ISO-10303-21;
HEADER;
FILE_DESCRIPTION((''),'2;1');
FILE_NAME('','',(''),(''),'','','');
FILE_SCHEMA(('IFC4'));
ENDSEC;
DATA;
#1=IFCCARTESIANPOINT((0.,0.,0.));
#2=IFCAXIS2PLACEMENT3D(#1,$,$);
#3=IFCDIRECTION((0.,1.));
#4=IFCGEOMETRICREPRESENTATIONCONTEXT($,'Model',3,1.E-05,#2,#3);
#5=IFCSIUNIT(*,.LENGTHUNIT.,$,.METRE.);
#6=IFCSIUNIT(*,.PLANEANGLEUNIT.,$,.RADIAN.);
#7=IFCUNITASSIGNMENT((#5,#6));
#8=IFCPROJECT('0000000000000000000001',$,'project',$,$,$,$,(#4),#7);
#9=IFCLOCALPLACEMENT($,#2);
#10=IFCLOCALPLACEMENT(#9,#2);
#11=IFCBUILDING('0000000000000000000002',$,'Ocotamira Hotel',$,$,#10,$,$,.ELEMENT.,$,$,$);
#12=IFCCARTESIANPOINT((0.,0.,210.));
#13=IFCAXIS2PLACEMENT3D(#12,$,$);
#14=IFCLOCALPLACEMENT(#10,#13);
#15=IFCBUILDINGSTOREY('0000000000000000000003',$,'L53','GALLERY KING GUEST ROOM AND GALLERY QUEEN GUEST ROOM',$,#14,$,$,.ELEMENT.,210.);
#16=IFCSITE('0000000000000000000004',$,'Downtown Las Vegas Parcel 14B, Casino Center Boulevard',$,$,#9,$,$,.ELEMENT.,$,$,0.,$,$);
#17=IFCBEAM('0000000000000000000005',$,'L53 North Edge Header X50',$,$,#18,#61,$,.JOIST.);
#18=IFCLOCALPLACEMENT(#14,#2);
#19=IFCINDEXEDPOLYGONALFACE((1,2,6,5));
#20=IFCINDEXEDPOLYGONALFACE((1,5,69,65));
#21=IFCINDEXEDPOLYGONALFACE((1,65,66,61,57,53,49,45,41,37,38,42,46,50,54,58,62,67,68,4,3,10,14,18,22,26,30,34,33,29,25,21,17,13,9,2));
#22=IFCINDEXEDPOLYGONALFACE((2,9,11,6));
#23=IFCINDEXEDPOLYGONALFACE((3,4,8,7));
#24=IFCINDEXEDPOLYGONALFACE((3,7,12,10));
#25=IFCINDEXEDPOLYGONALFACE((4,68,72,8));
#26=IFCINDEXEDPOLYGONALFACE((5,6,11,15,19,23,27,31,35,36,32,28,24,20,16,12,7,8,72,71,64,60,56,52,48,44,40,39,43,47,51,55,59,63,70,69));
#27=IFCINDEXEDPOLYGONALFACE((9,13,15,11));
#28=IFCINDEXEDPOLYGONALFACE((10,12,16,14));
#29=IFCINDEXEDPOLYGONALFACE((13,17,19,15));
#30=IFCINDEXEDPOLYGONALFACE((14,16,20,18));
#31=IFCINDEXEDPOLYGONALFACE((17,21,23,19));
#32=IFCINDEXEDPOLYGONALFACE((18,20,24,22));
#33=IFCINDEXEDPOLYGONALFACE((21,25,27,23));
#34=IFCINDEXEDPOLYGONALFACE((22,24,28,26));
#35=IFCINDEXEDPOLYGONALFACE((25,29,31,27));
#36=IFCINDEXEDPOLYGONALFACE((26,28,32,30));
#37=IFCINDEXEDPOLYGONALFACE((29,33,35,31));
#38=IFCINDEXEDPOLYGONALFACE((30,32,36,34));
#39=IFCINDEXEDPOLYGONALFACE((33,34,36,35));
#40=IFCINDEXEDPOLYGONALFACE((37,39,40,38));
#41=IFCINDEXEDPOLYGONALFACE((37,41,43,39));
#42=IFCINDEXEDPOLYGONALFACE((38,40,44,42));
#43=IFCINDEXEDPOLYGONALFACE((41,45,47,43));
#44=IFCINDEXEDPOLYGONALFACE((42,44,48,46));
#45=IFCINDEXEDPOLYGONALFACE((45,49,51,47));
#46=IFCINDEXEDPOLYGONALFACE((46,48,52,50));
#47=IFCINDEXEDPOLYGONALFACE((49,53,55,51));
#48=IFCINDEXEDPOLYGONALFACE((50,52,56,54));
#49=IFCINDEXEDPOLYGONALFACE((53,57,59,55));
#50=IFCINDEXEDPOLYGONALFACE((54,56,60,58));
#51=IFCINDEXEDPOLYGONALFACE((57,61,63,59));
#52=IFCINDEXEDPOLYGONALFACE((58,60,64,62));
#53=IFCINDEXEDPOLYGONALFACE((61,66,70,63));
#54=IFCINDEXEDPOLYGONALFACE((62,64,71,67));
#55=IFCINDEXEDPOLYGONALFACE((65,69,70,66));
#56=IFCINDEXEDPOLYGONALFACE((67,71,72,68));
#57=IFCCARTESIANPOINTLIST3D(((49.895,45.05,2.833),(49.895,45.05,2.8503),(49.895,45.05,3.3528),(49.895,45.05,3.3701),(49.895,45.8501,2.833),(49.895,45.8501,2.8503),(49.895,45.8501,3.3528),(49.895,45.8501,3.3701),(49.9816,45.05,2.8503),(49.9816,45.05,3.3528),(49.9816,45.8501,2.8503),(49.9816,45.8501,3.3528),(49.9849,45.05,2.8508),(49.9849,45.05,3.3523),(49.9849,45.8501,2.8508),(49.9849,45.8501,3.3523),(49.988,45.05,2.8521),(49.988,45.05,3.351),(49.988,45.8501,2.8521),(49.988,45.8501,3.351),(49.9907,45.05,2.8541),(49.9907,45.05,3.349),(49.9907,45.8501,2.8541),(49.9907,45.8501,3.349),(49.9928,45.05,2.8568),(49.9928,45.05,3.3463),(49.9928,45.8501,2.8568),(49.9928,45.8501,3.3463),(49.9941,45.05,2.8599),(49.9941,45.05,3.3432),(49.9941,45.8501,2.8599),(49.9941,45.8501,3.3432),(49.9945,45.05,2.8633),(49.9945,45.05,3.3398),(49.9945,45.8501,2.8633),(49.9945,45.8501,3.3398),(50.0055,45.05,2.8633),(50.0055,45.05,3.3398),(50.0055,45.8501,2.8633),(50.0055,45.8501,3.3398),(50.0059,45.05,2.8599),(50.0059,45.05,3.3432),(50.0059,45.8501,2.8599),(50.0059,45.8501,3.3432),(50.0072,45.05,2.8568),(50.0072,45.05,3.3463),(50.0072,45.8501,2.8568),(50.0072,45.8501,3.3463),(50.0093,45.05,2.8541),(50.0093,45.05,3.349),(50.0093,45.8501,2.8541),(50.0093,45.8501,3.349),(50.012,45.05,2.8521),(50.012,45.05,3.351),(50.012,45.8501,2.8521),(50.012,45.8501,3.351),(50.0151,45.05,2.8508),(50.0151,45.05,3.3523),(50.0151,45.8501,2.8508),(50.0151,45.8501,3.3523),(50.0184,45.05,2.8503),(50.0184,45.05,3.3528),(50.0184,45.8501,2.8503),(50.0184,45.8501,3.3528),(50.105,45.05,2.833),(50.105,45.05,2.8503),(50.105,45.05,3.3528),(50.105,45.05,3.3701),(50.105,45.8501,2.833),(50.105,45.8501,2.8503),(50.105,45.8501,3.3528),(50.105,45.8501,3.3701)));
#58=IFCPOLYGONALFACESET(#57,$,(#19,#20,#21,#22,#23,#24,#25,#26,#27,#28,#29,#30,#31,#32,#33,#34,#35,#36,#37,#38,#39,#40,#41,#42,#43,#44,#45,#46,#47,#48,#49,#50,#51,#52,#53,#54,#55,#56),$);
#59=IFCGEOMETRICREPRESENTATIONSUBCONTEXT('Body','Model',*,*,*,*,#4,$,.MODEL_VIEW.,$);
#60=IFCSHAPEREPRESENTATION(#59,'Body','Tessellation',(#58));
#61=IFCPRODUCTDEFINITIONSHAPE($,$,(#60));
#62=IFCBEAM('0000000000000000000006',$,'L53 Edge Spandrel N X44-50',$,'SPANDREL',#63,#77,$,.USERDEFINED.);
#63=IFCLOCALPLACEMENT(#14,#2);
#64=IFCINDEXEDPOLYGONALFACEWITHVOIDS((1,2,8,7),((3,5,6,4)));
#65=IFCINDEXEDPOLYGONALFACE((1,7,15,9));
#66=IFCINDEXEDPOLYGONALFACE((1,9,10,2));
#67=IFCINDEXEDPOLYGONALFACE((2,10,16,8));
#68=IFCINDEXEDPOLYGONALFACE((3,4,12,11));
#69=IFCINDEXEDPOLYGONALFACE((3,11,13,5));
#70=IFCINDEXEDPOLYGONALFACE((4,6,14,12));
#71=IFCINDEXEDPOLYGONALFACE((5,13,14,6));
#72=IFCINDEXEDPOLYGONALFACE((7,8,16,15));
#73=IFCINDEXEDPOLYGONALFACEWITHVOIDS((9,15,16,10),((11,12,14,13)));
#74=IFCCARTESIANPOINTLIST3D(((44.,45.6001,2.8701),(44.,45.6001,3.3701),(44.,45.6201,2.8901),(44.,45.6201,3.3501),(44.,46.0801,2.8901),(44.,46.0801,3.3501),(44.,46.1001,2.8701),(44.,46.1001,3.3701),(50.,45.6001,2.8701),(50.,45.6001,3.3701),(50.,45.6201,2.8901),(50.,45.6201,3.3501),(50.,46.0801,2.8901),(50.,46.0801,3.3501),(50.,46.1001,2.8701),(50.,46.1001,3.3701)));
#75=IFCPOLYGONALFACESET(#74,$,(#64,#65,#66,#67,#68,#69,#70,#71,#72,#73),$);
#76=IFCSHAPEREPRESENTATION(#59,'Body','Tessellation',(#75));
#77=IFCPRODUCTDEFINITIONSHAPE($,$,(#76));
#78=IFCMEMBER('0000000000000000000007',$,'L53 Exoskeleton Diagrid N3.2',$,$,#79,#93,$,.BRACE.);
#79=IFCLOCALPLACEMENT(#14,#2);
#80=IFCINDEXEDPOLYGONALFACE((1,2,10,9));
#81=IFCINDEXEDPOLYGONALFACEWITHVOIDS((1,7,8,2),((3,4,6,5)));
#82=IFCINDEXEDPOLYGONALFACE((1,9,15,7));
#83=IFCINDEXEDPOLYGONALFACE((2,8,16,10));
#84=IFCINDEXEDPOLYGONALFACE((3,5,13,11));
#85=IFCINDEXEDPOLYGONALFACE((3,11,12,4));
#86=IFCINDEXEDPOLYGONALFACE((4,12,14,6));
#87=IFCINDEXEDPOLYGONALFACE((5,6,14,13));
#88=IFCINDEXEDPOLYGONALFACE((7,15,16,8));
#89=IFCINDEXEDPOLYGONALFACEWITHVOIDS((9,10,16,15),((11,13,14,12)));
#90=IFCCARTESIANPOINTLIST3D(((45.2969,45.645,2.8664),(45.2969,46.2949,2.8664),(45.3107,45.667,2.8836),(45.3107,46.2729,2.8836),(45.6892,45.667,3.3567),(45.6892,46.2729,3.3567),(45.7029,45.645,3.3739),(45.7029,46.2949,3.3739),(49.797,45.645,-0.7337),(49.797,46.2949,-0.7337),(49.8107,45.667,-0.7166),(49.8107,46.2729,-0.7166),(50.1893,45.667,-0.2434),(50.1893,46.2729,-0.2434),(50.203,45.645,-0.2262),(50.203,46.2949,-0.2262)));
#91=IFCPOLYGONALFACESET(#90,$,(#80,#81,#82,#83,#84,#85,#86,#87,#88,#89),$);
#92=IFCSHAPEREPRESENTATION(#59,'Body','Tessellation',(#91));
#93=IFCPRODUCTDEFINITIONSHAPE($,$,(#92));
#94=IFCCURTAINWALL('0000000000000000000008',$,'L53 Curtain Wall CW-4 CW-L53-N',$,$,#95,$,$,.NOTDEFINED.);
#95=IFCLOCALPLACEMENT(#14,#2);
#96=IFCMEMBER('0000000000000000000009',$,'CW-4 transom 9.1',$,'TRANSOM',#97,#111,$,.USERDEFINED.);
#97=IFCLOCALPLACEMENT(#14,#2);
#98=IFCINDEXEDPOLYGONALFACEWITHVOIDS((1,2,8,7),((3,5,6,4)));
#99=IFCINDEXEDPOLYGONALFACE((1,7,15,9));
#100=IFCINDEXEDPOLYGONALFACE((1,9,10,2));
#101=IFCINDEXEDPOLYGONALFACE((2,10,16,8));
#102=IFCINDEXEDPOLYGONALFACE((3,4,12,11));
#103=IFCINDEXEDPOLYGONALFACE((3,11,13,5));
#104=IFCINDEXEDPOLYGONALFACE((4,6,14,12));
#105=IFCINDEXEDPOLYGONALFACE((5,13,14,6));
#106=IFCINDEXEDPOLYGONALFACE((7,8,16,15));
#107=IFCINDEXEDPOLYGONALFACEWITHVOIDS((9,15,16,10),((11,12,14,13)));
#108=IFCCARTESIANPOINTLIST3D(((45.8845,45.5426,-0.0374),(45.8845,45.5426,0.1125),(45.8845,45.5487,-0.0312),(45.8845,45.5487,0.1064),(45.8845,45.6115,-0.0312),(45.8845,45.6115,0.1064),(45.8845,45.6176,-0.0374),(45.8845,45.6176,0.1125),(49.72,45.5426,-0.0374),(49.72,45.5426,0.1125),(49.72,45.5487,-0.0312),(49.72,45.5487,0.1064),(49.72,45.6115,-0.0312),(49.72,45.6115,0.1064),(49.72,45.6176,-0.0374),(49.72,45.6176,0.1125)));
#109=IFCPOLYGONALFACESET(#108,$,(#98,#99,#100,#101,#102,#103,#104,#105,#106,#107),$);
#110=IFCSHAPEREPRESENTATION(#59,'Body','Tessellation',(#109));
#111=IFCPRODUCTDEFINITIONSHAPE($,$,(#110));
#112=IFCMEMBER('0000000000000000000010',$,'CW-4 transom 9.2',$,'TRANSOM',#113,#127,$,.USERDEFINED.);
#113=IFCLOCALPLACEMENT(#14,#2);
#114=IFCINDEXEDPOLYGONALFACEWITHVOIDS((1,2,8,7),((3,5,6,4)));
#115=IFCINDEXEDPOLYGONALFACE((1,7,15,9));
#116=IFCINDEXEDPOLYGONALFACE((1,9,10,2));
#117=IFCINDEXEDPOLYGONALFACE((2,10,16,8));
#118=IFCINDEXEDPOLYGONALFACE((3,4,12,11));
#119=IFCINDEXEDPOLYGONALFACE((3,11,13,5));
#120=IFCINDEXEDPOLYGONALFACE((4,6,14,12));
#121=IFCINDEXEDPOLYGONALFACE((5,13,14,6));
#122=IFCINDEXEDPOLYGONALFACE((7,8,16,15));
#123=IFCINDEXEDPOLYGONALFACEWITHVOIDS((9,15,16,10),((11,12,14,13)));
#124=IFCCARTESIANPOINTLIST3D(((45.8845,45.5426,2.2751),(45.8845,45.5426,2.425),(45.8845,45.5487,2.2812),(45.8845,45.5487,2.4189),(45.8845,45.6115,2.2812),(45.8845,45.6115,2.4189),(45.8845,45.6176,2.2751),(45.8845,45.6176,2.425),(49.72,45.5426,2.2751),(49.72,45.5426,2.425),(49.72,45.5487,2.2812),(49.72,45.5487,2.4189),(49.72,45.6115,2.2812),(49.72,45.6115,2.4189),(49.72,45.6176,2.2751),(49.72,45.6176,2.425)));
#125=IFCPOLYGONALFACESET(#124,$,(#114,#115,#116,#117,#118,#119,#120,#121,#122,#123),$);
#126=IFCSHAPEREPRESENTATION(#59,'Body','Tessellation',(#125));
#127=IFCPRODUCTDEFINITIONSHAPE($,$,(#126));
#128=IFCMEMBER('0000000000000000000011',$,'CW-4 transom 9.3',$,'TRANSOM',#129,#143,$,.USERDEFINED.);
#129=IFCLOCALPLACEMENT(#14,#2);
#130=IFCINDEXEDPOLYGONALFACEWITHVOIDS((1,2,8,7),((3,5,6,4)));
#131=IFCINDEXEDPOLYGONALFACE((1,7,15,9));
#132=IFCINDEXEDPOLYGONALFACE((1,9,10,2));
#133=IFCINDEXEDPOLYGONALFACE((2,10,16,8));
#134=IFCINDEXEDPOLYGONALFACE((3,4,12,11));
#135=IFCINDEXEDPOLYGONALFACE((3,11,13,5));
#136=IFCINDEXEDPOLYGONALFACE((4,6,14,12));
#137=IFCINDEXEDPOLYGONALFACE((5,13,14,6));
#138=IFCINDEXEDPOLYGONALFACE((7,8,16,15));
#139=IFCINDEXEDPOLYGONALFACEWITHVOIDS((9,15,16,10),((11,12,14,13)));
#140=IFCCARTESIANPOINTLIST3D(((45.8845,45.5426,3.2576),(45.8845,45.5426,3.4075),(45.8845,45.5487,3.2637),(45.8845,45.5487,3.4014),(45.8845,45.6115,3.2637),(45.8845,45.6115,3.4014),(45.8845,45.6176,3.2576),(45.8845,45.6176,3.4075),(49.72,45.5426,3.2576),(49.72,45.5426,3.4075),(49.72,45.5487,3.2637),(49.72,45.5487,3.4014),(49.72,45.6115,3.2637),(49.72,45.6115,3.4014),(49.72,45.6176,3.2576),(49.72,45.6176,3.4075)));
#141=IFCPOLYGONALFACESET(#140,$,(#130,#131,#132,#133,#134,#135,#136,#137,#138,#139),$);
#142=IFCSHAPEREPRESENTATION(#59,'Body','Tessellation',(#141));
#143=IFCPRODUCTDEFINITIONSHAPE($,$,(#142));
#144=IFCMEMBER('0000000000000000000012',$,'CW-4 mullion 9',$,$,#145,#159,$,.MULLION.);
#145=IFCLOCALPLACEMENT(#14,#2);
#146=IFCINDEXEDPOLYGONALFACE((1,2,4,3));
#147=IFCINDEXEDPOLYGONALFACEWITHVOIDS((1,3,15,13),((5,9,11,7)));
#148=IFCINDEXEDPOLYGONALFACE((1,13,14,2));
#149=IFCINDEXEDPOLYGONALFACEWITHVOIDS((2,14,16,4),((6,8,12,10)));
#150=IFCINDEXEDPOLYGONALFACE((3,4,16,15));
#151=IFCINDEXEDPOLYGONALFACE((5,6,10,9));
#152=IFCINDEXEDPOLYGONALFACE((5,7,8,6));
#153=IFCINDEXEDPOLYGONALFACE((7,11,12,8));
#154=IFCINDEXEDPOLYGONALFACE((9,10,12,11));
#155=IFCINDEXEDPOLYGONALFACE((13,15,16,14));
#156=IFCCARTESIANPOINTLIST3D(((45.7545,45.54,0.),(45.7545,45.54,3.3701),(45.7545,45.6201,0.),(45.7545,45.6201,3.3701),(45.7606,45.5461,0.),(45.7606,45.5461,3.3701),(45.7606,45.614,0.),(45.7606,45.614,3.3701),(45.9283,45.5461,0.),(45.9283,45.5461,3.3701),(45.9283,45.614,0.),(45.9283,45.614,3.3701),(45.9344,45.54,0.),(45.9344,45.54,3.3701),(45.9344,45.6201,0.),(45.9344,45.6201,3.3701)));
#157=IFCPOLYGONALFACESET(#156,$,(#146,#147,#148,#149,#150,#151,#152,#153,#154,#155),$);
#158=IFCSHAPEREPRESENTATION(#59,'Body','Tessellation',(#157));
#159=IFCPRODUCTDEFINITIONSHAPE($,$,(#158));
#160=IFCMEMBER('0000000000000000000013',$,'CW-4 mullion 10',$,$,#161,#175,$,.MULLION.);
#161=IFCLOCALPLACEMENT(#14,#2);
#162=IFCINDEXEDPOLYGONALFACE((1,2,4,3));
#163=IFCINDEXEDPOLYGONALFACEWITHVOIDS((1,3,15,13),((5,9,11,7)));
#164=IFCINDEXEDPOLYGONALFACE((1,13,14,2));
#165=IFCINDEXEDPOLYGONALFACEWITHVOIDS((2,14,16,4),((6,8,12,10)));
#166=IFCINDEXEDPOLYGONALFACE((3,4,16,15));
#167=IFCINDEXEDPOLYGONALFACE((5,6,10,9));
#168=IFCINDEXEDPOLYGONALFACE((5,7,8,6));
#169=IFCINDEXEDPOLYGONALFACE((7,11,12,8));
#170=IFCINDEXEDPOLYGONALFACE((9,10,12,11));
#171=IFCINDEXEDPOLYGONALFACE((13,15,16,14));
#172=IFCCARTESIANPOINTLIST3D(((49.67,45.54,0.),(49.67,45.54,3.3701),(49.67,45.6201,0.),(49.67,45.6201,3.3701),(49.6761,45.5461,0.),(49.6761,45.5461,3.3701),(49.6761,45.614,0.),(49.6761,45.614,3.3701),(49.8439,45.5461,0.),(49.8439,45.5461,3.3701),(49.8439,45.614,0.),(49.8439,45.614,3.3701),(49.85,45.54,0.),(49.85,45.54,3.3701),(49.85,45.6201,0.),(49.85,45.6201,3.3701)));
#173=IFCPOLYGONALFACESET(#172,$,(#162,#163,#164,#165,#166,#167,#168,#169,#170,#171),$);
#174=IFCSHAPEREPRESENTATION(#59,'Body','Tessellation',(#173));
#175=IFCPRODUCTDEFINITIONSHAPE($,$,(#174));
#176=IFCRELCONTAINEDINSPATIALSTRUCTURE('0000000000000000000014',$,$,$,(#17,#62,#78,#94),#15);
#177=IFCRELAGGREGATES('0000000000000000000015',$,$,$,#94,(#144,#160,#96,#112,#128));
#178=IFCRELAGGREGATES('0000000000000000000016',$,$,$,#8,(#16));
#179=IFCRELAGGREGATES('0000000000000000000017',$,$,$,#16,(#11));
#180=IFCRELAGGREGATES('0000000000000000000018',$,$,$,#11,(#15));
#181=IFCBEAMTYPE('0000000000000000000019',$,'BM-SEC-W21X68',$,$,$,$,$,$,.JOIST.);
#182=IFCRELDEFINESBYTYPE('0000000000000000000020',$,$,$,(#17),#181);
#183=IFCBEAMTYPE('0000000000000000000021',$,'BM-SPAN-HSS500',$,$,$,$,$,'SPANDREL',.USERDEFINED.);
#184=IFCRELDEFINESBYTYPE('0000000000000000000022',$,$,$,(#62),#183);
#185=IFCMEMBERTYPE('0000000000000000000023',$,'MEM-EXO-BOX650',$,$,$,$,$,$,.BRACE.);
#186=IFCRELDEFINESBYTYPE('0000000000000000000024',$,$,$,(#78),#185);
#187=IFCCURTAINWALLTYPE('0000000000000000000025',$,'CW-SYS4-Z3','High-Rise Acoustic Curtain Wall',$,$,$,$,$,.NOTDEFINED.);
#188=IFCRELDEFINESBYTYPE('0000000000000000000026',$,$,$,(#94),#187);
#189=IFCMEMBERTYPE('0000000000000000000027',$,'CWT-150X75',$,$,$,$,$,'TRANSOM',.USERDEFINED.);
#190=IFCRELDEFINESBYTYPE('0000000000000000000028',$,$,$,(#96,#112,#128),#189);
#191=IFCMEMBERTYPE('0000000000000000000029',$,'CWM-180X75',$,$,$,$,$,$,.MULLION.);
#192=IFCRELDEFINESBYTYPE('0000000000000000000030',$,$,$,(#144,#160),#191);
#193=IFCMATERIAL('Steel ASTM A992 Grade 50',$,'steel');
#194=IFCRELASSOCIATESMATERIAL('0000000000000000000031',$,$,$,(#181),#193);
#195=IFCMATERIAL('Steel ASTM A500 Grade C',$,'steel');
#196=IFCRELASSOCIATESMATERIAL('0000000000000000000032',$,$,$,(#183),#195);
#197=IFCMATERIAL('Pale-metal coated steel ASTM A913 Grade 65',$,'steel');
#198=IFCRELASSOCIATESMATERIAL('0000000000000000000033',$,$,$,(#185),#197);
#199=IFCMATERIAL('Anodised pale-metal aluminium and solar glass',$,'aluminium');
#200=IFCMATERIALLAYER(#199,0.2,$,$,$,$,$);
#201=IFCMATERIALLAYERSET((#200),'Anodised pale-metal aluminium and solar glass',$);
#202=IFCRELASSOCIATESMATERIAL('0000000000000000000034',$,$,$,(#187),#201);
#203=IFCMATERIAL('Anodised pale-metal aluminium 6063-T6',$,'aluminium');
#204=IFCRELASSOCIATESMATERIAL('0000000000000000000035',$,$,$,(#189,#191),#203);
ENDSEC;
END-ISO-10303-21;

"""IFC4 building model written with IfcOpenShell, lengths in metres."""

from ifc_helpers import new_model, si_unit, direction, frame, origin, origin_2d, place, context, subcontext, project, spatial, hollow_rectangle, i_section, extrude, source, transform, mapped, material, layer, layer_set, material_profile, profile_set, type_object, element, aggregate, save


model = new_model("IFC4")

# Units and contexts
model_context = context("Model", 3, precision=1e-05, world=origin(), true_north=direction((0.0, 1.0)))
body_context = subcontext(model_context, "Body", "Model", "MODEL_VIEW")
ifc_project = project(units=[si_unit("LENGTHUNIT", "METRE"), si_unit("PLANEANGLEUNIT", "RADIAN")], contexts=[model_context])

# Site, building, storey
site_placement = place(None, origin())
site = spatial("IfcSite", under=ifc_project, at=site_placement, Name="Downtown Las Vegas Parcel 14B, Casino Center Boulevard", CompositionType="ELEMENT", RefElevation=0.0)
building_placement = place(site_placement, origin())
building = spatial("IfcBuilding", under=site, at=building_placement, Name="Ocotamira Hotel", CompositionType="ELEMENT")
storey_placement = place(building_placement, frame((0.0, 0.0, 210.0)))
storey = spatial("IfcBuildingStorey", under=building, at=storey_placement, Name="L53", Description="GALLERY KING GUEST ROOM AND GALLERY QUEEN GUEST ROOM", CompositionType="ELEMENT", Elevation=210.0)

# Beams
ifc_material_1 = material(Name="Steel ASTM A992 Grade 50", Category="steel")
ifc_material_profile_1 = material_profile(ifc_material_1, i_section(OverallWidth=0.21, OverallDepth=0.5371, WebThickness=0.011, FlangeThickness=0.0173, FilletRadius=0.0129, at=origin_2d()), Name="W21X68")
ifc_profile_set_1 = profile_set([ifc_material_profile_1], Name="Steel ASTM A992 Grade 50")
beam_type_1 = type_object("IfcBeamType", Name="BM-SEC-W21X68", PredefinedType="JOIST", material=ifc_profile_set_1)
shared_shape_1 = source(origin(), body_context, "Body", "SweptSolid", [
    extrude(i_section(OverallWidth=0.21, OverallDepth=0.5371, WebThickness=0.011, FlangeThickness=0.0173, FilletRadius=0.0129, at=origin_2d()), origin(), (0.0, 0.0, 1.0), 0.8),
])
for number, where, z_axis, x_axis, name in (
    (1, (50.0, 45.05, 3.1016), (0.0, 1.0, 0.0), (-1.0, 0.0, 0.0), "L53 North Edge Header X50"),
):
    element("IfcBeam", number, at=place(storey_placement, frame(where, z_axis=z_axis, x_axis=x_axis)), inside=storey, type_object=beam_type_1, Name=name, PredefinedType="JOIST", context=body_context, shape_type="MappedRepresentation", body=[
        mapped(shared_shape_1, transform((0.0, 0.0, 0.0), scale=1.0)),
    ])
ifc_material_2 = material(Name="Steel ASTM A500 Grade C", Category="steel")
ifc_material_profile_2 = material_profile(ifc_material_2, hollow_rectangle(XDim=0.5, YDim=0.5, WallThickness=0.02, at=origin_2d()), Name="HSS500X500X20")
ifc_profile_set_2 = profile_set([ifc_material_profile_2], Name="Steel ASTM A500 Grade C")
beam_type_2 = type_object("IfcBeamType", Name="BM-SPAN-HSS500", ElementType="SPANDREL", PredefinedType="USERDEFINED", material=ifc_profile_set_2)
shared_shape_2 = source(origin(), body_context, "Body", "SweptSolid", [
    extrude(hollow_rectangle(XDim=0.5, YDim=0.5, WallThickness=0.02, at=origin_2d()), origin(), (0.0, 0.0, 1.0), 6.0),
])
beam_1_placement = place(storey_placement, frame((44.0, 45.8501, 3.1201), z_axis=(1.0, 0.0, 0.0), x_axis=(0.0, 1.0, 0.0)))
element("IfcBeam", 2, at=beam_1_placement, inside=storey, type_object=beam_type_2, Name="L53 Edge Spandrel N X44-50", ObjectType="SPANDREL", PredefinedType="USERDEFINED", context=body_context, shape_type="MappedRepresentation", body=[
    mapped(shared_shape_2, transform((0.0, 0.0, 0.0), scale=1.0)),
])

# Member
ifc_material_3 = material(Name="Pale-metal coated steel ASTM A913 Grade 65", Category="steel")
ifc_material_profile_3 = material_profile(ifc_material_3, hollow_rectangle(XDim=0.6499, YDim=0.6499, WallThickness=0.022, at=origin_2d()), Name="BOX650X650X22")
ifc_profile_set_3 = profile_set([ifc_material_profile_3], Name="Pale-metal coated steel ASTM A913 Grade 65")
member_type_1 = type_object("IfcMemberType", Name="MEM-EXO-BOX650", PredefinedType="BRACE", material=ifc_profile_set_3)
shared_shape_3 = source(origin(), body_context, "Body", "SweptSolid", [
    extrude(hollow_rectangle(XDim=0.6499, YDim=0.6499, WallThickness=0.022, at=origin_2d()), origin(), (0.0, 0.0, 1.0), 5.7629),
])
member_1_placement = place(storey_placement, frame((50.0, 45.97, -0.48), z_axis=(-0.780861, 0.0, 0.624705), x_axis=(0.0, -1.0, 0.0)))
element("IfcMember", 3, at=member_1_placement, inside=storey, type_object=member_type_1, Name="L53 Exoskeleton Diagrid N3.2", PredefinedType="BRACE", context=body_context, shape_type="MappedRepresentation", body=[
    mapped(shared_shape_3, transform((0.0, 0.0, 0.0), scale=1.0)),
])

# Curtain wall, members
ifc_material_4 = material(Name="Anodised pale-metal aluminium and solar glass", Category="aluminium")
ifc_layer_1 = layer(ifc_material_4, 0.2)
ifc_layer_set_1 = layer_set([ifc_layer_1], Name="Anodised pale-metal aluminium and solar glass")
curtain_wall_type = type_object("IfcCurtainWallType", Name="CW-SYS4-Z3", Description="High-Rise Acoustic Curtain Wall", PredefinedType="NOTDEFINED", material=ifc_layer_set_1)
curtain_wall_1_placement = place(storey_placement, origin())
curtain_wall_1 = element("IfcCurtainWall", 4, at=curtain_wall_1_placement, inside=storey, type_object=curtain_wall_type, Name="L53 Curtain Wall CW-4 CW-L53-N", PredefinedType="NOTDEFINED")
ifc_material_5 = material(Name="Anodised pale-metal aluminium 6063-T6", Category="aluminium")
ifc_material_profile_4 = material_profile(ifc_material_5, hollow_rectangle(XDim=0.075, YDim=0.1499, WallThickness=0.0061, at=origin_2d()), Name="HSS150X75X6")
ifc_profile_set_4 = profile_set([ifc_material_profile_4], Name="Anodised pale-metal aluminium 6063-T6")
member_type_2 = type_object("IfcMemberType", Name="CWT-150X75", ElementType="TRANSOM", PredefinedType="USERDEFINED", material=ifc_profile_set_4)
shared_shape_4 = source(origin(), body_context, "Body", "SweptSolid", [
    extrude(hollow_rectangle(XDim=0.075, YDim=0.1499, WallThickness=0.0061, at=origin_2d()), origin(), (0.0, 0.0, 1.0), 3.8354),
])
member_2_placement = place(storey_placement, frame((45.8845, 45.5801, 0.0376), z_axis=(1.0, 0.0, 0.0), x_axis=(0.0, 1.0, 0.0)))
member_2 = element("IfcMember", 5, at=member_2_placement, type_object=member_type_2, Name="CW-4 transom 9.1", ObjectType="TRANSOM", PredefinedType="USERDEFINED", context=body_context, shape_type="MappedRepresentation", body=[
    mapped(shared_shape_4, transform((0.0, 0.0, 0.0), scale=1.0)),
])
member_3_placement = place(storey_placement, frame((45.8845, 45.5801, 2.3501), z_axis=(1.0, 0.0, 0.0), x_axis=(0.0, 1.0, 0.0)))
member_3 = element("IfcMember", 6, at=member_3_placement, type_object=member_type_2, Name="CW-4 transom 9.2", ObjectType="TRANSOM", PredefinedType="USERDEFINED", context=body_context, shape_type="MappedRepresentation", body=[
    mapped(shared_shape_4, transform((0.0, 0.0, 0.0), scale=1.0)),
])
member_4_placement = place(storey_placement, frame((45.8845, 45.5801, 3.3325), z_axis=(1.0, 0.0, 0.0), x_axis=(0.0, 1.0, 0.0)))
member_4 = element("IfcMember", 7, at=member_4_placement, type_object=member_type_2, Name="CW-4 transom 9.3", ObjectType="TRANSOM", PredefinedType="USERDEFINED", context=body_context, shape_type="MappedRepresentation", body=[
    mapped(shared_shape_4, transform((0.0, 0.0, 0.0), scale=1.0)),
])
ifc_material_profile_5 = material_profile(ifc_material_5, hollow_rectangle(XDim=0.0801, YDim=0.1799, WallThickness=0.0061, at=origin_2d()), Name="HSS180X80X6")
ifc_profile_set_5 = profile_set([ifc_material_profile_5], Name="Anodised pale-metal aluminium 6063-T6")
member_type_3 = type_object("IfcMemberType", Name="CWM-180X75", PredefinedType="MULLION", material=ifc_profile_set_5)
shared_shape_5 = source(origin(), body_context, "Body", "SweptSolid", [
    extrude(hollow_rectangle(XDim=0.0801, YDim=0.1799, WallThickness=0.0061, at=origin_2d()), origin(), (0.0, 0.0, 1.0), 3.3701),
])
member_5_placement = place(storey_placement, frame((45.8445, 45.5801, 0.0), z_axis=(0.0, 0.0, 1.0), x_axis=(0.0, 1.0, 0.0)))
member_5 = element("IfcMember", 8, at=member_5_placement, type_object=member_type_3, Name="CW-4 mullion 9", PredefinedType="MULLION", context=body_context, shape_type="MappedRepresentation", body=[
    mapped(shared_shape_5, transform((0.0, 0.0, 0.0), scale=1.0)),
])
member_6_placement = place(storey_placement, frame((49.76, 45.5801, 0.0), z_axis=(0.0, 0.0, 1.0), x_axis=(0.0, 1.0, 0.0)))
member_6 = element("IfcMember", 9, at=member_6_placement, type_object=member_type_3, Name="CW-4 mullion 10", PredefinedType="MULLION", context=body_context, shape_type="MappedRepresentation", body=[
    mapped(shared_shape_5, transform((0.0, 0.0, 0.0), scale=1.0)),
])

aggregate(curtain_wall_1, [member_5, member_6, member_2, member_3, member_4])

save(model, "model.ifc")
